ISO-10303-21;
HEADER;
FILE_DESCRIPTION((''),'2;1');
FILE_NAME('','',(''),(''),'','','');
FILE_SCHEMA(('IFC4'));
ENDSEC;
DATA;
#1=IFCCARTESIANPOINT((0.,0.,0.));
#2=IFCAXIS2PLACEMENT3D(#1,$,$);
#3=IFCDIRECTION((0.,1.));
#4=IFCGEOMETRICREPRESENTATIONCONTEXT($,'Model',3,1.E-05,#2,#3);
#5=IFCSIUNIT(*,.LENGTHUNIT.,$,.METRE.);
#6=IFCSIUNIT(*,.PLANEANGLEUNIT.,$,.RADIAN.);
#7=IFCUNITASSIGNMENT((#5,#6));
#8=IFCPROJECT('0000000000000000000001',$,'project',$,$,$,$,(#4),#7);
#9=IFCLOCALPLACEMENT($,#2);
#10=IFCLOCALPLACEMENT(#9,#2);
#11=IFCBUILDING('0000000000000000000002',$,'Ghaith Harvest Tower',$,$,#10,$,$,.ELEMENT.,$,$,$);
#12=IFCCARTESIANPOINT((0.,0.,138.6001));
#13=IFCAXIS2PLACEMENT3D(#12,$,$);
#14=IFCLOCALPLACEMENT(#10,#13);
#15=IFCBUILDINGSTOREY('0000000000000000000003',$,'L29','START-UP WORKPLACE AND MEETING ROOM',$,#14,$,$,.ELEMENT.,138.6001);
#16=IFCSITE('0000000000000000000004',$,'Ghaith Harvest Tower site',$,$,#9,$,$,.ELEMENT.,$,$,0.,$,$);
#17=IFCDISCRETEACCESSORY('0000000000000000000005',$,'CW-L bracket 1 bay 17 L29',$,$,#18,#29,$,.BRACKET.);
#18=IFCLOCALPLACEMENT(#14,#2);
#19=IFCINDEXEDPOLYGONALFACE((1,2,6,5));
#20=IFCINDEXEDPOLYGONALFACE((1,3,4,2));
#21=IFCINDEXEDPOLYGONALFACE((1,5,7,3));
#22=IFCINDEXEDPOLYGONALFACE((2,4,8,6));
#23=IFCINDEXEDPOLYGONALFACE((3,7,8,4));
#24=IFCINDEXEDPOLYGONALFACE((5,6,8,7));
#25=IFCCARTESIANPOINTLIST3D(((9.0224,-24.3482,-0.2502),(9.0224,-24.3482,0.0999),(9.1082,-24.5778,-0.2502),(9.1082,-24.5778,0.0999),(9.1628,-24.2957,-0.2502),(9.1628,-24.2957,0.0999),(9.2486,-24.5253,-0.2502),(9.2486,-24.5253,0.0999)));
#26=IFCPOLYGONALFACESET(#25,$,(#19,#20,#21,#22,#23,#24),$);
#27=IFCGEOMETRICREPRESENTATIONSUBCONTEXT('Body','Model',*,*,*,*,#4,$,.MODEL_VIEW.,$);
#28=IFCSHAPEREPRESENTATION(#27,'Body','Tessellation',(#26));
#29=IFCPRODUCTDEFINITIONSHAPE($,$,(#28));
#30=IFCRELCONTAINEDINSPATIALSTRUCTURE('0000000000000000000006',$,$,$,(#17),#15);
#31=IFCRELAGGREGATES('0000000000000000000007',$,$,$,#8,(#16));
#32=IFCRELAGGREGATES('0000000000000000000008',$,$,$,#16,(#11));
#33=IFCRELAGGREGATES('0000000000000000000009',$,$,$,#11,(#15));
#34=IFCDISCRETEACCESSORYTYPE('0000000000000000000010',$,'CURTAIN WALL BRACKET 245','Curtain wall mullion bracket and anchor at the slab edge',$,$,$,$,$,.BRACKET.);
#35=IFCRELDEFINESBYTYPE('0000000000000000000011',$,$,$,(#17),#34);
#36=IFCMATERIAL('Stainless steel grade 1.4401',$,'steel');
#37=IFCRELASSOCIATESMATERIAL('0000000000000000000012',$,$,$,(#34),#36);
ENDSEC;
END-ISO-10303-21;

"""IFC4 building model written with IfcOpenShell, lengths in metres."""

from ifc_helpers import new_model, si_unit, direction, frame, origin, origin_2d, place, context, subcontext, project, spatial, rectangle, extrude, material, type_object, element, save


model = new_model("IFC4")

# Units and contexts
model_context = context("Model", 3, precision=1e-05, world=origin(), true_north=direction((0.0, 1.0)))
body_context = subcontext(model_context, "Body", "Model", "MODEL_VIEW")
ifc_project = project(units=[si_unit("LENGTHUNIT", "METRE"), si_unit("PLANEANGLEUNIT", "RADIAN")], contexts=[model_context])

# Site, building, storey
site_placement = place(None, origin())
site = spatial("IfcSite", under=ifc_project, at=site_placement, Name="Ghaith Harvest Tower site", CompositionType="ELEMENT", RefElevation=0.0)
building_placement = place(site_placement, origin())
building = spatial("IfcBuilding", under=site, at=building_placement, Name="Ghaith Harvest Tower", CompositionType="ELEMENT")
storey_placement = place(building_placement, frame((0.0, 0.0, 138.6001)))
storey = spatial("IfcBuildingStorey", under=building, at=storey_placement, Name="L29", Description="START-UP WORKPLACE AND MEETING ROOM", CompositionType="ELEMENT", Elevation=138.6001)

# Discrete accessory
ifc_material_1 = material(Name="Stainless steel grade 1.4401", Category="steel")
discrete_accessory_type = type_object("IfcDiscreteAccessoryType", Name="CURTAIN WALL BRACKET 245", Description="Curtain wall mullion bracket and anchor at the slab edge", PredefinedType="BRACKET", material=ifc_material_1)
discrete_accessory_placement = place(storey_placement, frame((9.1355, -24.4368, -0.2502), z_axis=(0.0, 0.0, 1.0), x_axis=(0.350168, -0.936687, 0.0)))
element("IfcDiscreteAccessory", 1, at=discrete_accessory_placement, inside=storey, type_object=discrete_accessory_type, Name="CW-L bracket 1 bay 17 L29", PredefinedType="BRACKET", context=body_context, shape_type="SweptSolid", body=[
    extrude(rectangle(XDim=0.2451, YDim=0.1499, at=origin_2d()), origin(), (0.0, 0.0, 1.0), 0.3501),
])

save(model, "model.ifc")
